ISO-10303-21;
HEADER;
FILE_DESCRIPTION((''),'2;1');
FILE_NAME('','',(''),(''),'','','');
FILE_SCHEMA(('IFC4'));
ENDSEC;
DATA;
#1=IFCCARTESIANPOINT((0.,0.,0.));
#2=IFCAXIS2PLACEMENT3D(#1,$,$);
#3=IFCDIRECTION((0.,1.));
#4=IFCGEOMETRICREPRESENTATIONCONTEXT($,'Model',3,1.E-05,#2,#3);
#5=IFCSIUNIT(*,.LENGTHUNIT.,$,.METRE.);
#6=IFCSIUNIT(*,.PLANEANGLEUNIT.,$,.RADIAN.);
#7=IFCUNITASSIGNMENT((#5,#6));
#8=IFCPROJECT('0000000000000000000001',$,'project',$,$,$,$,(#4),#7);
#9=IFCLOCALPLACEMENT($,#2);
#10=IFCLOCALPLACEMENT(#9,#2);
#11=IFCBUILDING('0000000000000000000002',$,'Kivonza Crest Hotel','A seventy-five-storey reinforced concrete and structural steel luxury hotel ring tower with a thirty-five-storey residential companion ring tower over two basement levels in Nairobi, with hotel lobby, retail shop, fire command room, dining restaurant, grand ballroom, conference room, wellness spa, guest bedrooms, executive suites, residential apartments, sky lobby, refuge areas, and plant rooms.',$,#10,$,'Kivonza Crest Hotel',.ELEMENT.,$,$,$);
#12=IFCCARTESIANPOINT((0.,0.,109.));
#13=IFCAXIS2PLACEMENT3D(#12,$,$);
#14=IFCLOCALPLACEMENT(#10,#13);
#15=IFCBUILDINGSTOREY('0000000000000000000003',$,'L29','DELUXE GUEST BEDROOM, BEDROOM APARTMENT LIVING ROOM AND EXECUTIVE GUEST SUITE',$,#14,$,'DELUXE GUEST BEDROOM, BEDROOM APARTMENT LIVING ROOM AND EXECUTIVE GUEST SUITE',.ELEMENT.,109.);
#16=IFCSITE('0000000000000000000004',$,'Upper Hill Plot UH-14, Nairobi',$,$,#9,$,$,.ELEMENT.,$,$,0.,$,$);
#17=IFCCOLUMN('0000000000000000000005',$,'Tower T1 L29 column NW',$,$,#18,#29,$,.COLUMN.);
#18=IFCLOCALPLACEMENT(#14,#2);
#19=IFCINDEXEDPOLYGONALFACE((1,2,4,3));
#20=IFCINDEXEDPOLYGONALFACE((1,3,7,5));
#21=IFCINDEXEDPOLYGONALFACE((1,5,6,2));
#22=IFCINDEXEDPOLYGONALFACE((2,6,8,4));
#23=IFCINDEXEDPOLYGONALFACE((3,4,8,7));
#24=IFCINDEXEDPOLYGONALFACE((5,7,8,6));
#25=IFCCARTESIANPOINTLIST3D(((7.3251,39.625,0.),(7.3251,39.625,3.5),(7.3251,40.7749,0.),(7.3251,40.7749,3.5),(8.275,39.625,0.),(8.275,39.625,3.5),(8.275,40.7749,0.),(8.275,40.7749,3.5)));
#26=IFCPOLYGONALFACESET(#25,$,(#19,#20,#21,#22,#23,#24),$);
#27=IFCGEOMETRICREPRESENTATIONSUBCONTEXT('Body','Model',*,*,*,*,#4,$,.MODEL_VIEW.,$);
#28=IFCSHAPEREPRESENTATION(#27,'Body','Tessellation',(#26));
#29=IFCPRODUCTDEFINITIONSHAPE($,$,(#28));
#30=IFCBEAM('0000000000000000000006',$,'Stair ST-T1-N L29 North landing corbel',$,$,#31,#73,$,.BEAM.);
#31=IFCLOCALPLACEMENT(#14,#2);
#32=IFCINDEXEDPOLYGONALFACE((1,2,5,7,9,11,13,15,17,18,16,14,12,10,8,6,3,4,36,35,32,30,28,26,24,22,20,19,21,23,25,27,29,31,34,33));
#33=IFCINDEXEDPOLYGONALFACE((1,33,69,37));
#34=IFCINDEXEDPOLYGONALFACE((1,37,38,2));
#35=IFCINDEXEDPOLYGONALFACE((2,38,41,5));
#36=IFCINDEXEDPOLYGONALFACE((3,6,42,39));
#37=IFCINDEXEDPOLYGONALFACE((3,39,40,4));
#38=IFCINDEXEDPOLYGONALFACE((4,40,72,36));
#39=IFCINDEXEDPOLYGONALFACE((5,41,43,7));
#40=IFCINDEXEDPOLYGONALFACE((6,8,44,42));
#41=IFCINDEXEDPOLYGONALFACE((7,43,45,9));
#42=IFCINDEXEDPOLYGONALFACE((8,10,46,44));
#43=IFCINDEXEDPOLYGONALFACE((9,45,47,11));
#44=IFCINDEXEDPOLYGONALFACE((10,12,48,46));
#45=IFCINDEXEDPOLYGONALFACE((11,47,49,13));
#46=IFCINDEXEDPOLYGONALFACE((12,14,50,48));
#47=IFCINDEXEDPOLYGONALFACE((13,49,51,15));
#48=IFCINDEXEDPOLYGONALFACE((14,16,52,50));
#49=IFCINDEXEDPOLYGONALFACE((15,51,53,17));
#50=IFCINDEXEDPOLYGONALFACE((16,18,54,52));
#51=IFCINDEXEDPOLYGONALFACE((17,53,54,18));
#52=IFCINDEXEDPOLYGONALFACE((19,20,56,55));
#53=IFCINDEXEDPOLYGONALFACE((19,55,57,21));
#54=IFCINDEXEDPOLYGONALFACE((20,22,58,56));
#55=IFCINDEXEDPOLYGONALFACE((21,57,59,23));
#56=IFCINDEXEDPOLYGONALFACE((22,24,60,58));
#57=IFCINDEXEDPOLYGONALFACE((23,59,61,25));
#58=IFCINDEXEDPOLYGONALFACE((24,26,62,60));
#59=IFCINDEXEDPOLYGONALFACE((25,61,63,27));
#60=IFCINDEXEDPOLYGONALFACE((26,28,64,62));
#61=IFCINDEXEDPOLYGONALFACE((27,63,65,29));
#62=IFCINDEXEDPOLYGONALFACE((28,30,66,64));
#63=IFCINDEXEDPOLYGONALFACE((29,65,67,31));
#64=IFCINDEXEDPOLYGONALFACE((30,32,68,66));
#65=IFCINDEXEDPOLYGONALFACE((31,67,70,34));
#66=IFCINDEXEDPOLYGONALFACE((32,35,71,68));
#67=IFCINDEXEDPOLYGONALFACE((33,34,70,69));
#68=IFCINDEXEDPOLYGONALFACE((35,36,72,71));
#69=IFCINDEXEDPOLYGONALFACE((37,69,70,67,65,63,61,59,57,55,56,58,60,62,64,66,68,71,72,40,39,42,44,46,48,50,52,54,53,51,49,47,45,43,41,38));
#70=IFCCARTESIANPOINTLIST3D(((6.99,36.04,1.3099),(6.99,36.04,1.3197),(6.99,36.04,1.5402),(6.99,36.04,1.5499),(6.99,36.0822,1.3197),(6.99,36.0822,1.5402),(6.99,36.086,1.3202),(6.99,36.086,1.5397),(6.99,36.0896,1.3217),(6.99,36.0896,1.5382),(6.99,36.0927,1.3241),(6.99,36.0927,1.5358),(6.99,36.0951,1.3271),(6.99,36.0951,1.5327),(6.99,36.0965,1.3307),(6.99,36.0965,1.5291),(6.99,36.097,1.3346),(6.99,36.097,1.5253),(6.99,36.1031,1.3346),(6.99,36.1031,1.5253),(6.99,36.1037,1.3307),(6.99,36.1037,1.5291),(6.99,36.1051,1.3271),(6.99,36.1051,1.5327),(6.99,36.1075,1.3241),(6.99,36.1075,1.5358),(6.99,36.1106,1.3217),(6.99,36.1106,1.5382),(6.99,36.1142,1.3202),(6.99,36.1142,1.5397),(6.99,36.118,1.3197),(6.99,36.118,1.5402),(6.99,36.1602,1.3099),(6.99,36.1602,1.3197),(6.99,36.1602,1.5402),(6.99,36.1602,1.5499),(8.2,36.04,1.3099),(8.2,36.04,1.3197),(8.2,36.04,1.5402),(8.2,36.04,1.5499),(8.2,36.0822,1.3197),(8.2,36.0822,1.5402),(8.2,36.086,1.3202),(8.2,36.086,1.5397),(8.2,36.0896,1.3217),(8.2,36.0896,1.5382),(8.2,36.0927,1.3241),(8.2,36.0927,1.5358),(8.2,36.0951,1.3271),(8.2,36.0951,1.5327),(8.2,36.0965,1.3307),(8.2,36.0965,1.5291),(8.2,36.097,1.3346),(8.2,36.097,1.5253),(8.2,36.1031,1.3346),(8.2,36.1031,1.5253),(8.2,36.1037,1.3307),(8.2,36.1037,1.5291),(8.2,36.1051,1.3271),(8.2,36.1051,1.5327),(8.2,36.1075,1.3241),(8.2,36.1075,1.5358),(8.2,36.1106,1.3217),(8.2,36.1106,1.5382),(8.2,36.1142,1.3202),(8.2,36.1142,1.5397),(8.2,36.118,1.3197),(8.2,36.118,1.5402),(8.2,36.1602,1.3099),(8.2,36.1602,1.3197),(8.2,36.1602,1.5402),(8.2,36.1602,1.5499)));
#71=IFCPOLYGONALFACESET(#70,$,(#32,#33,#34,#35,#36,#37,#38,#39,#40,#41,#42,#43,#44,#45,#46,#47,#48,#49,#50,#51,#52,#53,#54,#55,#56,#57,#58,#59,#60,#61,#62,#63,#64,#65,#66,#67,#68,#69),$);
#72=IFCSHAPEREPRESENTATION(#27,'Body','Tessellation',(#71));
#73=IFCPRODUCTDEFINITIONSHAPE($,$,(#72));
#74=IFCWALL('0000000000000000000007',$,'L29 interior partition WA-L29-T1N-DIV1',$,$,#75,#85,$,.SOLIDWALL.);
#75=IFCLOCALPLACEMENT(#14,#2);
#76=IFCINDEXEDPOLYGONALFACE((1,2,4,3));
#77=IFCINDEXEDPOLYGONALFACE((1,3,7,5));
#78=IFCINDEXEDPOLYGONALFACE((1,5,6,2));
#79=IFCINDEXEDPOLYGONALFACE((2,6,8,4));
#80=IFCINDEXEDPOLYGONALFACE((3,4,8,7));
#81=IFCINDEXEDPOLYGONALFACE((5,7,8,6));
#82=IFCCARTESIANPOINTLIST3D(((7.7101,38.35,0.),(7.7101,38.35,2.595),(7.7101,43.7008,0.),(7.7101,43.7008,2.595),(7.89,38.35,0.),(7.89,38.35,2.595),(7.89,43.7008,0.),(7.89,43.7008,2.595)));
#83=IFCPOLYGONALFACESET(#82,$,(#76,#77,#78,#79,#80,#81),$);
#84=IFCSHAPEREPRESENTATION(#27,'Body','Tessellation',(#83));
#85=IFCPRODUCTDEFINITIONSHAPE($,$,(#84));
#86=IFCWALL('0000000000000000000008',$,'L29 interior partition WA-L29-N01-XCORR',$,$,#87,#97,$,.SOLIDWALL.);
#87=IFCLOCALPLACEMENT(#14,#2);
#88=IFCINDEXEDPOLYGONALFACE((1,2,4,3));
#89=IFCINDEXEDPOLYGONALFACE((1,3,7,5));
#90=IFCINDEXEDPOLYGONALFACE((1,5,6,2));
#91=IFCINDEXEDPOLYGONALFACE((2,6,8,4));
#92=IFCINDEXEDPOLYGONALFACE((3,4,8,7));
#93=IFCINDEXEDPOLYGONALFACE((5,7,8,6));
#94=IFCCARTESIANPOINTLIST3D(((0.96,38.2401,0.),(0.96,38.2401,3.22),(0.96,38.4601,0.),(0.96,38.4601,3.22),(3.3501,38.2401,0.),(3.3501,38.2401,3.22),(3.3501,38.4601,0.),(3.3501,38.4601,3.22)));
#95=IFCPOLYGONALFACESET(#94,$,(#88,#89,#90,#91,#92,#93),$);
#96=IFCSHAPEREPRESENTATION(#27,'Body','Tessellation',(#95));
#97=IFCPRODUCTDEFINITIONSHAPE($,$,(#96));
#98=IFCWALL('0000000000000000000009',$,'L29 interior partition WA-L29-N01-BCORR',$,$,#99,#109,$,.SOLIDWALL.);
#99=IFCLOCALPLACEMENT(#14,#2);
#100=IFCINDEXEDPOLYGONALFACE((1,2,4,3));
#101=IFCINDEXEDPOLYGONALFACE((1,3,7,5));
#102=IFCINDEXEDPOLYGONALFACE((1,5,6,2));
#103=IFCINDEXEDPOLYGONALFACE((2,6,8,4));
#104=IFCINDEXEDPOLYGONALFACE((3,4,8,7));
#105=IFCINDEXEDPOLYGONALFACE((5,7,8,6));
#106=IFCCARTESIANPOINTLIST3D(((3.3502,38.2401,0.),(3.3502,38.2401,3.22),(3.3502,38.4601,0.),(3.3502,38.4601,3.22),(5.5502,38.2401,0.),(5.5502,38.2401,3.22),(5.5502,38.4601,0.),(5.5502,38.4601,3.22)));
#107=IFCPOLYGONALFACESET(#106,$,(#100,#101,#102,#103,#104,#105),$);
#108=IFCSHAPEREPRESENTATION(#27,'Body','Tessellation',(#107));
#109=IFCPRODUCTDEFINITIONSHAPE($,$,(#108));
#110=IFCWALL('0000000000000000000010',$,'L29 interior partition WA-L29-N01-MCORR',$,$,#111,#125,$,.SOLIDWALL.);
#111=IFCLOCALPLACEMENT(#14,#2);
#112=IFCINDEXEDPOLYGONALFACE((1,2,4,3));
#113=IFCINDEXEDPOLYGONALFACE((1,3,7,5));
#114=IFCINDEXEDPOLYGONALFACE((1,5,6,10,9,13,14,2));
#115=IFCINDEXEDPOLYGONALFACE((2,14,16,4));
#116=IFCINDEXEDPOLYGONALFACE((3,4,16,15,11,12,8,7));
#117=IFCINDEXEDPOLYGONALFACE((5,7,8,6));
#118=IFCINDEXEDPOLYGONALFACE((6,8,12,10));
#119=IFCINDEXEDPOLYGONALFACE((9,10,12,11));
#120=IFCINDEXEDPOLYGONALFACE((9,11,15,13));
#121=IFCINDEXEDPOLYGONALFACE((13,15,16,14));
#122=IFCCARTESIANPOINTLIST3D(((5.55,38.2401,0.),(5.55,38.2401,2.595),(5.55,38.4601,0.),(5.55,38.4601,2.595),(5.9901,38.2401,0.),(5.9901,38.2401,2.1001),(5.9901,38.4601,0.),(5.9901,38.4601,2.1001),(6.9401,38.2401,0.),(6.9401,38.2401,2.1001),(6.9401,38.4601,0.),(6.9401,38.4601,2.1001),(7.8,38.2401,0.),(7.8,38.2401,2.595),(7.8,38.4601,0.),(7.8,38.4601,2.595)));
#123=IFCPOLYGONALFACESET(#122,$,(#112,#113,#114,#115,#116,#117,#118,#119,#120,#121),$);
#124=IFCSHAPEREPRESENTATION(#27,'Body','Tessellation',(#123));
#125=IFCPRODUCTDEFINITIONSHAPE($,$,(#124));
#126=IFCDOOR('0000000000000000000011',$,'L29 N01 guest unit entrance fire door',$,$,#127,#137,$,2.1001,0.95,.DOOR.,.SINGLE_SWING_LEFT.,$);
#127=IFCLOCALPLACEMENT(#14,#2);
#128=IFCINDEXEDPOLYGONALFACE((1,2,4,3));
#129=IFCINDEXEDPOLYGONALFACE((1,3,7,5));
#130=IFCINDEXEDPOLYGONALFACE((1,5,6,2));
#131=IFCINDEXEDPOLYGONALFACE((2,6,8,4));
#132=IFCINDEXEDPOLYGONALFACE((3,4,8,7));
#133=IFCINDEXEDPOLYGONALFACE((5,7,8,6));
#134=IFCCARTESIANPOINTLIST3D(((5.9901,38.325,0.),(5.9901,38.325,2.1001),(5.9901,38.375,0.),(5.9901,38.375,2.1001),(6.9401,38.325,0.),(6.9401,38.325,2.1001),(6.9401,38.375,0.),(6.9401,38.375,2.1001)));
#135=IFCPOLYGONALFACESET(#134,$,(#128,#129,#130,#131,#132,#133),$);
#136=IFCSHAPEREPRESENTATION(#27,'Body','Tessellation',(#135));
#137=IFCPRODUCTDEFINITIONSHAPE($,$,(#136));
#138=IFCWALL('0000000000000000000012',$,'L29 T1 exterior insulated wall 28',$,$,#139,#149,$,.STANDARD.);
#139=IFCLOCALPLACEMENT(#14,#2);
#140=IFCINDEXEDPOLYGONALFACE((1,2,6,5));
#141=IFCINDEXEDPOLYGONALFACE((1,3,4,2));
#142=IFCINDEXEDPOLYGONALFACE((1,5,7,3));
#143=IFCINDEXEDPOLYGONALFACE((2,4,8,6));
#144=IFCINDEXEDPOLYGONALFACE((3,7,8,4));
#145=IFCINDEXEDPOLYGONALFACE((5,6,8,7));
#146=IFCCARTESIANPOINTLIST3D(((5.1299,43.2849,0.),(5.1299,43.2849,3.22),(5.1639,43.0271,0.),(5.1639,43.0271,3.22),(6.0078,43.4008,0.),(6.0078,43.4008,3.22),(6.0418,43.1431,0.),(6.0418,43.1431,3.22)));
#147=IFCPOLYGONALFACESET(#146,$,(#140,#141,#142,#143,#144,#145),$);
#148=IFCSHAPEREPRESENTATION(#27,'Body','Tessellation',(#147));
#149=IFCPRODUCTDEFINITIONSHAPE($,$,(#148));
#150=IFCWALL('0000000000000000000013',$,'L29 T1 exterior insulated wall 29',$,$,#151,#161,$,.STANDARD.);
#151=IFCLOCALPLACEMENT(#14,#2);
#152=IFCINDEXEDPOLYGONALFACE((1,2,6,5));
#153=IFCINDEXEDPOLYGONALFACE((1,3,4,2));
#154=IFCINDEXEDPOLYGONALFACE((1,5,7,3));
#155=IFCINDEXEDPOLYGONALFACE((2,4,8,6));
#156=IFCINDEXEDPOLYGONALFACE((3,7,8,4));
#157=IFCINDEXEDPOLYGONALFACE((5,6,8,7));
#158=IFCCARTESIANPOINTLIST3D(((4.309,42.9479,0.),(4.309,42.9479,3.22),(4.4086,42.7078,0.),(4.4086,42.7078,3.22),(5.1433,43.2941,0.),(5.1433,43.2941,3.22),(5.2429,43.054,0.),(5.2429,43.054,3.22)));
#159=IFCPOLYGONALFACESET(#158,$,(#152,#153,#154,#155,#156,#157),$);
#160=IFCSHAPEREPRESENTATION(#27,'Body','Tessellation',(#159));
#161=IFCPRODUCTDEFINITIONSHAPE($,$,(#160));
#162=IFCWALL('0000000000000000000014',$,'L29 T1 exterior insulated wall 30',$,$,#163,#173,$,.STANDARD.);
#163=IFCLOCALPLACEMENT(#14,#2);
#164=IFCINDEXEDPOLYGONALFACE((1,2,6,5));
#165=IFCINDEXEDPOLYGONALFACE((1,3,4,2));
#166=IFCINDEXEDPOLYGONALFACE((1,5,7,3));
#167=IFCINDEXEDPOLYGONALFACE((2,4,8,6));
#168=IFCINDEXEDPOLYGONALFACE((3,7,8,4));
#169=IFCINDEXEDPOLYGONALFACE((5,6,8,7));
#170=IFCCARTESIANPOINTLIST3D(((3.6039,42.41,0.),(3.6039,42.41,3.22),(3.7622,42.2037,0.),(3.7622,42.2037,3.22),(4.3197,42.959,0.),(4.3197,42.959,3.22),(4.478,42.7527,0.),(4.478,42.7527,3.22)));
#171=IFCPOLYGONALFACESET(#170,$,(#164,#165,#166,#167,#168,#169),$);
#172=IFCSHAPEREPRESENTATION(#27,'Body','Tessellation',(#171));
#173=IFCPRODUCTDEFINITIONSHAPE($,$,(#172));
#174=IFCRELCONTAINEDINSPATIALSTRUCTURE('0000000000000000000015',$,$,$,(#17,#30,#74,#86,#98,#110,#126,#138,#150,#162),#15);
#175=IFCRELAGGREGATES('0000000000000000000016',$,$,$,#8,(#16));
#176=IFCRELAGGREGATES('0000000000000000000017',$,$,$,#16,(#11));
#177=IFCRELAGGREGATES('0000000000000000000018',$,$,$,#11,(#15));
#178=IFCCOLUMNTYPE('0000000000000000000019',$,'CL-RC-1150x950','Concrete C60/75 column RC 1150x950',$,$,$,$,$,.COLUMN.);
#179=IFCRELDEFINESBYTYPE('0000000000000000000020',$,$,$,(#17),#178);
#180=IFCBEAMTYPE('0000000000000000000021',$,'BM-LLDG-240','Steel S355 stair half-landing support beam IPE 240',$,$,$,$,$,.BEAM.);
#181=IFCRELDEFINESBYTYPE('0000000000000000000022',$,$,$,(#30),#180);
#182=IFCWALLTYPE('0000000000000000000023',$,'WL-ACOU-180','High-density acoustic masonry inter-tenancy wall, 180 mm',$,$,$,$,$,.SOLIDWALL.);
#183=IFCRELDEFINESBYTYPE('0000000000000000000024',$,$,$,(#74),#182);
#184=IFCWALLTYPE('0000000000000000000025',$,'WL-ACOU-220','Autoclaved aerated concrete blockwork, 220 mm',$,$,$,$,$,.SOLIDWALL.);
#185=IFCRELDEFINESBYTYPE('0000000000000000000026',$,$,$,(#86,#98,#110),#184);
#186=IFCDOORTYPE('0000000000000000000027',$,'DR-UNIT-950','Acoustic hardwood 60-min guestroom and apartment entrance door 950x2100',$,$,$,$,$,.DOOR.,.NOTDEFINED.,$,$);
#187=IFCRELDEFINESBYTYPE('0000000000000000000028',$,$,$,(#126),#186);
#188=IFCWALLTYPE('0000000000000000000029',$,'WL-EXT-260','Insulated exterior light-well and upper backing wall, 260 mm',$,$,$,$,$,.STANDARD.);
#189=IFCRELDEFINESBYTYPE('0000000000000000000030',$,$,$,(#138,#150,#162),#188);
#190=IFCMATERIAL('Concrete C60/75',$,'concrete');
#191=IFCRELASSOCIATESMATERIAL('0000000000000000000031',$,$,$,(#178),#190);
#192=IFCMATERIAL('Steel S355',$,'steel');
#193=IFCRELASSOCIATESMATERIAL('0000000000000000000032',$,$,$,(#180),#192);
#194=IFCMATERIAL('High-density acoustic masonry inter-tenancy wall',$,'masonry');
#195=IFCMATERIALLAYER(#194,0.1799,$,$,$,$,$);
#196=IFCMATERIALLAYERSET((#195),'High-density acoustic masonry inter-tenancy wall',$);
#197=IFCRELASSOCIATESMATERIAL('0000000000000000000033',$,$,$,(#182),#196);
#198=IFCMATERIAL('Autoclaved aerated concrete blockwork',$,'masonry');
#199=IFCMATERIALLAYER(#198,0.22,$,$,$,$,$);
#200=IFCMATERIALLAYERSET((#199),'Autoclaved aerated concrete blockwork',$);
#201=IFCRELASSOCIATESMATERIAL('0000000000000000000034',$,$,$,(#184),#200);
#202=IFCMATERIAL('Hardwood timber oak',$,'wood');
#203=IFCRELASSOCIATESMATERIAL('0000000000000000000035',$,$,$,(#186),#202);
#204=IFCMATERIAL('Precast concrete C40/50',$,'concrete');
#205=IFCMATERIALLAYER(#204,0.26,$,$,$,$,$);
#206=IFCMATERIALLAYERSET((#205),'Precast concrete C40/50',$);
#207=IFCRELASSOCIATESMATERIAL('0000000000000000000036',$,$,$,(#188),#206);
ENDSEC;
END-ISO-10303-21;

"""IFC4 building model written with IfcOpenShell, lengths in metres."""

from ifc_helpers import new_model, si_unit, direction, frame, frame_2d, origin, origin_2d, place, context, subcontext, project, spatial, rectangle, i_section, extrude, material, layer, layer_set, material_profile, profile_set, type_object, element, fill, save


model = new_model("IFC4")

# Units and contexts
model_context = context("Model", 3, precision=1e-05, world=origin(), true_north=direction((0.0, 1.0)))
body_context = subcontext(model_context, "Body", "Model", "MODEL_VIEW")
ifc_project = project(units=[si_unit("LENGTHUNIT", "METRE"), si_unit("PLANEANGLEUNIT", "RADIAN")], contexts=[model_context])

# Site, building, storey
site_placement = place(None, origin())
site = spatial("IfcSite", under=ifc_project, at=site_placement, Name="Upper Hill Plot UH-14, Nairobi", CompositionType="ELEMENT", RefElevation=0.0)
building_placement = place(site_placement, origin())
building = spatial("IfcBuilding", under=site, at=building_placement, Name="Kivonza Crest Hotel", Description="A seventy-five-storey reinforced concrete and structural steel luxury hotel ring tower with a thirty-five-storey residential companion ring tower over two basement levels in Nairobi, with hotel lobby, retail shop, fire command room, dining restaurant, grand ballroom, conference room, wellness spa, guest bedrooms, executive suites, residential apartments, sky lobby, refuge areas, and plant rooms.", LongName="Kivonza Crest Hotel", CompositionType="ELEMENT")
storey_placement = place(building_placement, frame((0.0, 0.0, 109.0)))
storey = spatial("IfcBuildingStorey", under=building, at=storey_placement, Name="L29", Description="DELUXE GUEST BEDROOM, BEDROOM APARTMENT LIVING ROOM AND EXECUTIVE GUEST SUITE", LongName="DELUXE GUEST BEDROOM, BEDROOM APARTMENT LIVING ROOM AND EXECUTIVE GUEST SUITE", CompositionType="ELEMENT", Elevation=109.0)

# Column
ifc_material_1 = material(Name="Concrete C60/75", Category="concrete")
ifc_material_profile_1 = material_profile(ifc_material_1, rectangle(XDim=0.95, YDim=1.1499, at=origin_2d()), Name="RC 1150x950")
ifc_profile_set_1 = profile_set([ifc_material_profile_1], Name="Concrete C60/75")
column_type = type_object("IfcColumnType", Name="CL-RC-1150x950", Description="Concrete C60/75 column RC 1150x950", PredefinedType="COLUMN", material=ifc_profile_set_1)
column_placement = place(storey_placement, frame((7.8, 40.2, 0.0), z_axis=(0.0, 0.0, 1.0), x_axis=(1.0, 0.0, 0.0)))
element("IfcColumn", 1, at=column_placement, inside=storey, type_object=column_type, Name="Tower T1 L29 column NW", PredefinedType="COLUMN", context=body_context, shape_type="SweptSolid", body=[
    extrude(rectangle(XDim=0.95, YDim=1.1499, at=origin_2d()), origin(), (0.0, 0.0, 1.0), 3.5),
])

# Beam
ifc_material_2 = material(Name="Steel S355", Category="steel")
ifc_material_profile_2 = material_profile(ifc_material_2, i_section(OverallWidth=0.1201, OverallDepth=0.24, WebThickness=0.0061, FlangeThickness=0.0098, FilletRadius=0.0149, at=origin_2d()), Name="IPE 240")
ifc_profile_set_2 = profile_set([ifc_material_profile_2], Name="Steel S355")
beam_type = type_object("IfcBeamType", Name="BM-LLDG-240", Description="Steel S355 stair half-landing support beam IPE 240", PredefinedType="BEAM", material=ifc_profile_set_2)
beam_placement = place(storey_placement, frame((6.99, 36.1001, 1.4299), z_axis=(1.0, 0.0, 0.0), x_axis=(0.0, 1.0, 0.0)))
element("IfcBeam", 2, at=beam_placement, inside=storey, type_object=beam_type, Name="Stair ST-T1-N L29 North landing corbel", PredefinedType="BEAM", context=body_context, shape_type="SweptSolid", body=[
    extrude(i_section(OverallWidth=0.1201, OverallDepth=0.24, WebThickness=0.0061, FlangeThickness=0.0098, FilletRadius=0.0149, at=origin_2d()), origin(), (0.0, 0.0, 1.0), 1.21),
])

# Walls
ifc_material_3 = material(Name="High-density acoustic masonry inter-tenancy wall", Category="masonry")
ifc_layer_1 = layer(ifc_material_3, 0.1799)
ifc_layer_set_1 = layer_set([ifc_layer_1], Name="High-density acoustic masonry inter-tenancy wall")
wall_type_1 = type_object("IfcWallType", Name="WL-ACOU-180", Description="High-density acoustic masonry inter-tenancy wall, 180 mm", PredefinedType="SOLIDWALL", material=ifc_layer_set_1)
wall_1_placement = place(storey_placement, frame((7.8, 38.3501, 0.0), z_axis=(0.0, 0.0, 1.0), x_axis=(0.0, 1.0, 0.0)))
element("IfcWall", 3, at=wall_1_placement, inside=storey, type_object=wall_type_1, Name="L29 interior partition WA-L29-T1N-DIV1", PredefinedType="SOLIDWALL", context=body_context, shape_type="SweptSolid", body=[
    extrude(rectangle(XDim=5.3508, YDim=0.1799, at=frame_2d((2.6753, 0.0))), origin(), (0.0, 0.0, 1.0), 2.595),
])
ifc_material_4 = material(Name="Autoclaved aerated concrete blockwork", Category="masonry")
ifc_layer_2 = layer(ifc_material_4, 0.22)
ifc_layer_set_2 = layer_set([ifc_layer_2], Name="Autoclaved aerated concrete blockwork")
wall_type_2 = type_object("IfcWallType", Name="WL-ACOU-220", Description="Autoclaved aerated concrete blockwork, 220 mm", PredefinedType="SOLIDWALL", material=ifc_layer_set_2)
wall_2_placement = place(storey_placement, frame((0.96, 38.3501, 0.0), z_axis=(0.0, 0.0, 1.0), x_axis=(1.0, 0.0, 0.0)))
element("IfcWall", 4, at=wall_2_placement, inside=storey, type_object=wall_type_2, Name="L29 interior partition WA-L29-N01-XCORR", PredefinedType="SOLIDWALL", context=body_context, shape_type="SweptSolid", body=[
    extrude(rectangle(XDim=2.3901, YDim=0.22, at=frame_2d((1.1951, 0.0))), origin(), (0.0, 0.0, 1.0), 3.22),
])
wall_3_placement = place(storey_placement, frame((3.3501, 38.3501, 0.0), z_axis=(0.0, 0.0, 1.0), x_axis=(1.0, 0.0, 0.0)))
element("IfcWall", 5, at=wall_3_placement, inside=storey, type_object=wall_type_2, Name="L29 interior partition WA-L29-N01-BCORR", PredefinedType="SOLIDWALL", context=body_context, shape_type="SweptSolid", body=[
    extrude(rectangle(XDim=2.2, YDim=0.22, at=frame_2d((1.1001, 0.0))), origin(), (0.0, 0.0, 1.0), 3.22),
])

# Wall, opening, door
wall_4_placement = place(storey_placement, frame((5.55, 38.3501, 0.0), z_axis=(0.0, 0.0, 1.0), x_axis=(1.0, 0.0, 0.0)))
wall_4 = element("IfcWall", 6, at=wall_4_placement, inside=storey, type_object=wall_type_2, Name="L29 interior partition WA-L29-N01-MCORR", PredefinedType="SOLIDWALL", context=body_context, shape_type="SweptSolid", body=[
    extrude(rectangle(XDim=2.25, YDim=0.22, at=frame_2d((1.125, 0.0))), origin(), (0.0, 0.0, 1.0), 2.595),
])
opening_1_placement = place(wall_4_placement, frame((0.4399, 0.0, 0.0)))
opening_1 = element("IfcOpeningElement", 7, at=opening_1_placement, cuts=wall_4, PredefinedType="OPENING", context=body_context, shape_type="SweptSolid", body=[
    extrude(rectangle(XDim=0.95, YDim=2.1001, at=frame_2d((0.4751, 1.05))), frame((0.0, 0.1201, 0.0), z_axis=(0.0, -1.0, 0.0), x_axis=(1.0, 0.0, 0.0)), (0.0, 0.0, 1.0), 0.24),
])
ifc_material_5 = material(Name="Hardwood timber oak", Category="wood")
door_type_1 = type_object("IfcDoorType", Name="DR-UNIT-950", Description="Acoustic hardwood 60-min guestroom and apartment entrance door 950x2100", OperationType="NOTDEFINED", PredefinedType="DOOR", material=ifc_material_5)
door_1_placement = place(opening_1_placement, origin())
door_1 = element("IfcDoor", 8, at=door_1_placement, inside=storey, type_object=door_type_1, Name="L29 N01 guest unit entrance fire door", OperationType="SINGLE_SWING_LEFT", OverallHeight=2.1001, OverallWidth=0.95, PredefinedType="DOOR", context=body_context, shape_type="SweptSolid", body=[
    extrude(rectangle(XDim=0.95, YDim=2.1001, at=frame_2d((0.4751, 1.05))), frame((0.0, 0.0249, 0.0), z_axis=(0.0, -1.0, 0.0), x_axis=(1.0, 0.0, 0.0)), (0.0, 0.0, 1.0), 0.05),
])
fill(opening_1, door_1)

# Walls
ifc_material_6 = material(Name="Precast concrete C40/50", Category="concrete")
ifc_layer_3 = layer(ifc_material_6, 0.26)
ifc_layer_set_3 = layer_set([ifc_layer_3], Name="Precast concrete C40/50")
wall_type_3 = type_object("IfcWallType", Name="WL-EXT-260", Description="Insulated exterior light-well and upper backing wall, 260 mm", PredefinedType="STANDARD", material=ifc_layer_set_3)
wall_5_placement = place(storey_placement, frame((6.0249, 43.272, 0.0), z_axis=(0.0, 0.0, 1.0), x_axis=(-0.991388, -0.130954, 0.0)))
element("IfcWall", 9, at=wall_5_placement, inside=storey, type_object=wall_type_3, Name="L29 T1 exterior insulated wall 28", PredefinedType="STANDARD", context=body_context, shape_type="SweptSolid", body=[
    extrude(rectangle(XDim=0.8855, YDim=0.26, at=frame_2d((0.4429, 0.0))), origin(), (0.0, 0.0, 1.0), 3.22),
])
wall_6_placement = place(storey_placement, frame((5.1931, 43.1741, 0.0), z_axis=(0.0, 0.0, 1.0), x_axis=(-0.923628, -0.383291, 0.0)))
element("IfcWall", 10, at=wall_6_placement, inside=storey, type_object=wall_type_3, Name="L29 T1 exterior insulated wall 29", PredefinedType="STANDARD", context=body_context, shape_type="SweptSolid", body=[
    extrude(rectangle(XDim=0.9033, YDim=0.26, at=frame_2d((0.4517, 0.0))), origin(), (0.0, 0.0, 1.0), 3.22),
])
wall_7_placement = place(storey_placement, frame((4.3989, 42.856, 0.0), z_axis=(0.0, 0.0, 1.0), x_axis=(-0.793458, -0.608625, 0.0)))
element("IfcWall", 11, at=wall_7_placement, inside=storey, type_object=wall_type_3, Name="L29 T1 exterior insulated wall 30", PredefinedType="STANDARD", context=body_context, shape_type="SweptSolid", body=[
    extrude(rectangle(XDim=0.9021, YDim=0.26, at=frame_2d((0.4512, 0.0))), origin(), (0.0, 0.0, 1.0), 3.22),
])

save(model, "model.ifc")
